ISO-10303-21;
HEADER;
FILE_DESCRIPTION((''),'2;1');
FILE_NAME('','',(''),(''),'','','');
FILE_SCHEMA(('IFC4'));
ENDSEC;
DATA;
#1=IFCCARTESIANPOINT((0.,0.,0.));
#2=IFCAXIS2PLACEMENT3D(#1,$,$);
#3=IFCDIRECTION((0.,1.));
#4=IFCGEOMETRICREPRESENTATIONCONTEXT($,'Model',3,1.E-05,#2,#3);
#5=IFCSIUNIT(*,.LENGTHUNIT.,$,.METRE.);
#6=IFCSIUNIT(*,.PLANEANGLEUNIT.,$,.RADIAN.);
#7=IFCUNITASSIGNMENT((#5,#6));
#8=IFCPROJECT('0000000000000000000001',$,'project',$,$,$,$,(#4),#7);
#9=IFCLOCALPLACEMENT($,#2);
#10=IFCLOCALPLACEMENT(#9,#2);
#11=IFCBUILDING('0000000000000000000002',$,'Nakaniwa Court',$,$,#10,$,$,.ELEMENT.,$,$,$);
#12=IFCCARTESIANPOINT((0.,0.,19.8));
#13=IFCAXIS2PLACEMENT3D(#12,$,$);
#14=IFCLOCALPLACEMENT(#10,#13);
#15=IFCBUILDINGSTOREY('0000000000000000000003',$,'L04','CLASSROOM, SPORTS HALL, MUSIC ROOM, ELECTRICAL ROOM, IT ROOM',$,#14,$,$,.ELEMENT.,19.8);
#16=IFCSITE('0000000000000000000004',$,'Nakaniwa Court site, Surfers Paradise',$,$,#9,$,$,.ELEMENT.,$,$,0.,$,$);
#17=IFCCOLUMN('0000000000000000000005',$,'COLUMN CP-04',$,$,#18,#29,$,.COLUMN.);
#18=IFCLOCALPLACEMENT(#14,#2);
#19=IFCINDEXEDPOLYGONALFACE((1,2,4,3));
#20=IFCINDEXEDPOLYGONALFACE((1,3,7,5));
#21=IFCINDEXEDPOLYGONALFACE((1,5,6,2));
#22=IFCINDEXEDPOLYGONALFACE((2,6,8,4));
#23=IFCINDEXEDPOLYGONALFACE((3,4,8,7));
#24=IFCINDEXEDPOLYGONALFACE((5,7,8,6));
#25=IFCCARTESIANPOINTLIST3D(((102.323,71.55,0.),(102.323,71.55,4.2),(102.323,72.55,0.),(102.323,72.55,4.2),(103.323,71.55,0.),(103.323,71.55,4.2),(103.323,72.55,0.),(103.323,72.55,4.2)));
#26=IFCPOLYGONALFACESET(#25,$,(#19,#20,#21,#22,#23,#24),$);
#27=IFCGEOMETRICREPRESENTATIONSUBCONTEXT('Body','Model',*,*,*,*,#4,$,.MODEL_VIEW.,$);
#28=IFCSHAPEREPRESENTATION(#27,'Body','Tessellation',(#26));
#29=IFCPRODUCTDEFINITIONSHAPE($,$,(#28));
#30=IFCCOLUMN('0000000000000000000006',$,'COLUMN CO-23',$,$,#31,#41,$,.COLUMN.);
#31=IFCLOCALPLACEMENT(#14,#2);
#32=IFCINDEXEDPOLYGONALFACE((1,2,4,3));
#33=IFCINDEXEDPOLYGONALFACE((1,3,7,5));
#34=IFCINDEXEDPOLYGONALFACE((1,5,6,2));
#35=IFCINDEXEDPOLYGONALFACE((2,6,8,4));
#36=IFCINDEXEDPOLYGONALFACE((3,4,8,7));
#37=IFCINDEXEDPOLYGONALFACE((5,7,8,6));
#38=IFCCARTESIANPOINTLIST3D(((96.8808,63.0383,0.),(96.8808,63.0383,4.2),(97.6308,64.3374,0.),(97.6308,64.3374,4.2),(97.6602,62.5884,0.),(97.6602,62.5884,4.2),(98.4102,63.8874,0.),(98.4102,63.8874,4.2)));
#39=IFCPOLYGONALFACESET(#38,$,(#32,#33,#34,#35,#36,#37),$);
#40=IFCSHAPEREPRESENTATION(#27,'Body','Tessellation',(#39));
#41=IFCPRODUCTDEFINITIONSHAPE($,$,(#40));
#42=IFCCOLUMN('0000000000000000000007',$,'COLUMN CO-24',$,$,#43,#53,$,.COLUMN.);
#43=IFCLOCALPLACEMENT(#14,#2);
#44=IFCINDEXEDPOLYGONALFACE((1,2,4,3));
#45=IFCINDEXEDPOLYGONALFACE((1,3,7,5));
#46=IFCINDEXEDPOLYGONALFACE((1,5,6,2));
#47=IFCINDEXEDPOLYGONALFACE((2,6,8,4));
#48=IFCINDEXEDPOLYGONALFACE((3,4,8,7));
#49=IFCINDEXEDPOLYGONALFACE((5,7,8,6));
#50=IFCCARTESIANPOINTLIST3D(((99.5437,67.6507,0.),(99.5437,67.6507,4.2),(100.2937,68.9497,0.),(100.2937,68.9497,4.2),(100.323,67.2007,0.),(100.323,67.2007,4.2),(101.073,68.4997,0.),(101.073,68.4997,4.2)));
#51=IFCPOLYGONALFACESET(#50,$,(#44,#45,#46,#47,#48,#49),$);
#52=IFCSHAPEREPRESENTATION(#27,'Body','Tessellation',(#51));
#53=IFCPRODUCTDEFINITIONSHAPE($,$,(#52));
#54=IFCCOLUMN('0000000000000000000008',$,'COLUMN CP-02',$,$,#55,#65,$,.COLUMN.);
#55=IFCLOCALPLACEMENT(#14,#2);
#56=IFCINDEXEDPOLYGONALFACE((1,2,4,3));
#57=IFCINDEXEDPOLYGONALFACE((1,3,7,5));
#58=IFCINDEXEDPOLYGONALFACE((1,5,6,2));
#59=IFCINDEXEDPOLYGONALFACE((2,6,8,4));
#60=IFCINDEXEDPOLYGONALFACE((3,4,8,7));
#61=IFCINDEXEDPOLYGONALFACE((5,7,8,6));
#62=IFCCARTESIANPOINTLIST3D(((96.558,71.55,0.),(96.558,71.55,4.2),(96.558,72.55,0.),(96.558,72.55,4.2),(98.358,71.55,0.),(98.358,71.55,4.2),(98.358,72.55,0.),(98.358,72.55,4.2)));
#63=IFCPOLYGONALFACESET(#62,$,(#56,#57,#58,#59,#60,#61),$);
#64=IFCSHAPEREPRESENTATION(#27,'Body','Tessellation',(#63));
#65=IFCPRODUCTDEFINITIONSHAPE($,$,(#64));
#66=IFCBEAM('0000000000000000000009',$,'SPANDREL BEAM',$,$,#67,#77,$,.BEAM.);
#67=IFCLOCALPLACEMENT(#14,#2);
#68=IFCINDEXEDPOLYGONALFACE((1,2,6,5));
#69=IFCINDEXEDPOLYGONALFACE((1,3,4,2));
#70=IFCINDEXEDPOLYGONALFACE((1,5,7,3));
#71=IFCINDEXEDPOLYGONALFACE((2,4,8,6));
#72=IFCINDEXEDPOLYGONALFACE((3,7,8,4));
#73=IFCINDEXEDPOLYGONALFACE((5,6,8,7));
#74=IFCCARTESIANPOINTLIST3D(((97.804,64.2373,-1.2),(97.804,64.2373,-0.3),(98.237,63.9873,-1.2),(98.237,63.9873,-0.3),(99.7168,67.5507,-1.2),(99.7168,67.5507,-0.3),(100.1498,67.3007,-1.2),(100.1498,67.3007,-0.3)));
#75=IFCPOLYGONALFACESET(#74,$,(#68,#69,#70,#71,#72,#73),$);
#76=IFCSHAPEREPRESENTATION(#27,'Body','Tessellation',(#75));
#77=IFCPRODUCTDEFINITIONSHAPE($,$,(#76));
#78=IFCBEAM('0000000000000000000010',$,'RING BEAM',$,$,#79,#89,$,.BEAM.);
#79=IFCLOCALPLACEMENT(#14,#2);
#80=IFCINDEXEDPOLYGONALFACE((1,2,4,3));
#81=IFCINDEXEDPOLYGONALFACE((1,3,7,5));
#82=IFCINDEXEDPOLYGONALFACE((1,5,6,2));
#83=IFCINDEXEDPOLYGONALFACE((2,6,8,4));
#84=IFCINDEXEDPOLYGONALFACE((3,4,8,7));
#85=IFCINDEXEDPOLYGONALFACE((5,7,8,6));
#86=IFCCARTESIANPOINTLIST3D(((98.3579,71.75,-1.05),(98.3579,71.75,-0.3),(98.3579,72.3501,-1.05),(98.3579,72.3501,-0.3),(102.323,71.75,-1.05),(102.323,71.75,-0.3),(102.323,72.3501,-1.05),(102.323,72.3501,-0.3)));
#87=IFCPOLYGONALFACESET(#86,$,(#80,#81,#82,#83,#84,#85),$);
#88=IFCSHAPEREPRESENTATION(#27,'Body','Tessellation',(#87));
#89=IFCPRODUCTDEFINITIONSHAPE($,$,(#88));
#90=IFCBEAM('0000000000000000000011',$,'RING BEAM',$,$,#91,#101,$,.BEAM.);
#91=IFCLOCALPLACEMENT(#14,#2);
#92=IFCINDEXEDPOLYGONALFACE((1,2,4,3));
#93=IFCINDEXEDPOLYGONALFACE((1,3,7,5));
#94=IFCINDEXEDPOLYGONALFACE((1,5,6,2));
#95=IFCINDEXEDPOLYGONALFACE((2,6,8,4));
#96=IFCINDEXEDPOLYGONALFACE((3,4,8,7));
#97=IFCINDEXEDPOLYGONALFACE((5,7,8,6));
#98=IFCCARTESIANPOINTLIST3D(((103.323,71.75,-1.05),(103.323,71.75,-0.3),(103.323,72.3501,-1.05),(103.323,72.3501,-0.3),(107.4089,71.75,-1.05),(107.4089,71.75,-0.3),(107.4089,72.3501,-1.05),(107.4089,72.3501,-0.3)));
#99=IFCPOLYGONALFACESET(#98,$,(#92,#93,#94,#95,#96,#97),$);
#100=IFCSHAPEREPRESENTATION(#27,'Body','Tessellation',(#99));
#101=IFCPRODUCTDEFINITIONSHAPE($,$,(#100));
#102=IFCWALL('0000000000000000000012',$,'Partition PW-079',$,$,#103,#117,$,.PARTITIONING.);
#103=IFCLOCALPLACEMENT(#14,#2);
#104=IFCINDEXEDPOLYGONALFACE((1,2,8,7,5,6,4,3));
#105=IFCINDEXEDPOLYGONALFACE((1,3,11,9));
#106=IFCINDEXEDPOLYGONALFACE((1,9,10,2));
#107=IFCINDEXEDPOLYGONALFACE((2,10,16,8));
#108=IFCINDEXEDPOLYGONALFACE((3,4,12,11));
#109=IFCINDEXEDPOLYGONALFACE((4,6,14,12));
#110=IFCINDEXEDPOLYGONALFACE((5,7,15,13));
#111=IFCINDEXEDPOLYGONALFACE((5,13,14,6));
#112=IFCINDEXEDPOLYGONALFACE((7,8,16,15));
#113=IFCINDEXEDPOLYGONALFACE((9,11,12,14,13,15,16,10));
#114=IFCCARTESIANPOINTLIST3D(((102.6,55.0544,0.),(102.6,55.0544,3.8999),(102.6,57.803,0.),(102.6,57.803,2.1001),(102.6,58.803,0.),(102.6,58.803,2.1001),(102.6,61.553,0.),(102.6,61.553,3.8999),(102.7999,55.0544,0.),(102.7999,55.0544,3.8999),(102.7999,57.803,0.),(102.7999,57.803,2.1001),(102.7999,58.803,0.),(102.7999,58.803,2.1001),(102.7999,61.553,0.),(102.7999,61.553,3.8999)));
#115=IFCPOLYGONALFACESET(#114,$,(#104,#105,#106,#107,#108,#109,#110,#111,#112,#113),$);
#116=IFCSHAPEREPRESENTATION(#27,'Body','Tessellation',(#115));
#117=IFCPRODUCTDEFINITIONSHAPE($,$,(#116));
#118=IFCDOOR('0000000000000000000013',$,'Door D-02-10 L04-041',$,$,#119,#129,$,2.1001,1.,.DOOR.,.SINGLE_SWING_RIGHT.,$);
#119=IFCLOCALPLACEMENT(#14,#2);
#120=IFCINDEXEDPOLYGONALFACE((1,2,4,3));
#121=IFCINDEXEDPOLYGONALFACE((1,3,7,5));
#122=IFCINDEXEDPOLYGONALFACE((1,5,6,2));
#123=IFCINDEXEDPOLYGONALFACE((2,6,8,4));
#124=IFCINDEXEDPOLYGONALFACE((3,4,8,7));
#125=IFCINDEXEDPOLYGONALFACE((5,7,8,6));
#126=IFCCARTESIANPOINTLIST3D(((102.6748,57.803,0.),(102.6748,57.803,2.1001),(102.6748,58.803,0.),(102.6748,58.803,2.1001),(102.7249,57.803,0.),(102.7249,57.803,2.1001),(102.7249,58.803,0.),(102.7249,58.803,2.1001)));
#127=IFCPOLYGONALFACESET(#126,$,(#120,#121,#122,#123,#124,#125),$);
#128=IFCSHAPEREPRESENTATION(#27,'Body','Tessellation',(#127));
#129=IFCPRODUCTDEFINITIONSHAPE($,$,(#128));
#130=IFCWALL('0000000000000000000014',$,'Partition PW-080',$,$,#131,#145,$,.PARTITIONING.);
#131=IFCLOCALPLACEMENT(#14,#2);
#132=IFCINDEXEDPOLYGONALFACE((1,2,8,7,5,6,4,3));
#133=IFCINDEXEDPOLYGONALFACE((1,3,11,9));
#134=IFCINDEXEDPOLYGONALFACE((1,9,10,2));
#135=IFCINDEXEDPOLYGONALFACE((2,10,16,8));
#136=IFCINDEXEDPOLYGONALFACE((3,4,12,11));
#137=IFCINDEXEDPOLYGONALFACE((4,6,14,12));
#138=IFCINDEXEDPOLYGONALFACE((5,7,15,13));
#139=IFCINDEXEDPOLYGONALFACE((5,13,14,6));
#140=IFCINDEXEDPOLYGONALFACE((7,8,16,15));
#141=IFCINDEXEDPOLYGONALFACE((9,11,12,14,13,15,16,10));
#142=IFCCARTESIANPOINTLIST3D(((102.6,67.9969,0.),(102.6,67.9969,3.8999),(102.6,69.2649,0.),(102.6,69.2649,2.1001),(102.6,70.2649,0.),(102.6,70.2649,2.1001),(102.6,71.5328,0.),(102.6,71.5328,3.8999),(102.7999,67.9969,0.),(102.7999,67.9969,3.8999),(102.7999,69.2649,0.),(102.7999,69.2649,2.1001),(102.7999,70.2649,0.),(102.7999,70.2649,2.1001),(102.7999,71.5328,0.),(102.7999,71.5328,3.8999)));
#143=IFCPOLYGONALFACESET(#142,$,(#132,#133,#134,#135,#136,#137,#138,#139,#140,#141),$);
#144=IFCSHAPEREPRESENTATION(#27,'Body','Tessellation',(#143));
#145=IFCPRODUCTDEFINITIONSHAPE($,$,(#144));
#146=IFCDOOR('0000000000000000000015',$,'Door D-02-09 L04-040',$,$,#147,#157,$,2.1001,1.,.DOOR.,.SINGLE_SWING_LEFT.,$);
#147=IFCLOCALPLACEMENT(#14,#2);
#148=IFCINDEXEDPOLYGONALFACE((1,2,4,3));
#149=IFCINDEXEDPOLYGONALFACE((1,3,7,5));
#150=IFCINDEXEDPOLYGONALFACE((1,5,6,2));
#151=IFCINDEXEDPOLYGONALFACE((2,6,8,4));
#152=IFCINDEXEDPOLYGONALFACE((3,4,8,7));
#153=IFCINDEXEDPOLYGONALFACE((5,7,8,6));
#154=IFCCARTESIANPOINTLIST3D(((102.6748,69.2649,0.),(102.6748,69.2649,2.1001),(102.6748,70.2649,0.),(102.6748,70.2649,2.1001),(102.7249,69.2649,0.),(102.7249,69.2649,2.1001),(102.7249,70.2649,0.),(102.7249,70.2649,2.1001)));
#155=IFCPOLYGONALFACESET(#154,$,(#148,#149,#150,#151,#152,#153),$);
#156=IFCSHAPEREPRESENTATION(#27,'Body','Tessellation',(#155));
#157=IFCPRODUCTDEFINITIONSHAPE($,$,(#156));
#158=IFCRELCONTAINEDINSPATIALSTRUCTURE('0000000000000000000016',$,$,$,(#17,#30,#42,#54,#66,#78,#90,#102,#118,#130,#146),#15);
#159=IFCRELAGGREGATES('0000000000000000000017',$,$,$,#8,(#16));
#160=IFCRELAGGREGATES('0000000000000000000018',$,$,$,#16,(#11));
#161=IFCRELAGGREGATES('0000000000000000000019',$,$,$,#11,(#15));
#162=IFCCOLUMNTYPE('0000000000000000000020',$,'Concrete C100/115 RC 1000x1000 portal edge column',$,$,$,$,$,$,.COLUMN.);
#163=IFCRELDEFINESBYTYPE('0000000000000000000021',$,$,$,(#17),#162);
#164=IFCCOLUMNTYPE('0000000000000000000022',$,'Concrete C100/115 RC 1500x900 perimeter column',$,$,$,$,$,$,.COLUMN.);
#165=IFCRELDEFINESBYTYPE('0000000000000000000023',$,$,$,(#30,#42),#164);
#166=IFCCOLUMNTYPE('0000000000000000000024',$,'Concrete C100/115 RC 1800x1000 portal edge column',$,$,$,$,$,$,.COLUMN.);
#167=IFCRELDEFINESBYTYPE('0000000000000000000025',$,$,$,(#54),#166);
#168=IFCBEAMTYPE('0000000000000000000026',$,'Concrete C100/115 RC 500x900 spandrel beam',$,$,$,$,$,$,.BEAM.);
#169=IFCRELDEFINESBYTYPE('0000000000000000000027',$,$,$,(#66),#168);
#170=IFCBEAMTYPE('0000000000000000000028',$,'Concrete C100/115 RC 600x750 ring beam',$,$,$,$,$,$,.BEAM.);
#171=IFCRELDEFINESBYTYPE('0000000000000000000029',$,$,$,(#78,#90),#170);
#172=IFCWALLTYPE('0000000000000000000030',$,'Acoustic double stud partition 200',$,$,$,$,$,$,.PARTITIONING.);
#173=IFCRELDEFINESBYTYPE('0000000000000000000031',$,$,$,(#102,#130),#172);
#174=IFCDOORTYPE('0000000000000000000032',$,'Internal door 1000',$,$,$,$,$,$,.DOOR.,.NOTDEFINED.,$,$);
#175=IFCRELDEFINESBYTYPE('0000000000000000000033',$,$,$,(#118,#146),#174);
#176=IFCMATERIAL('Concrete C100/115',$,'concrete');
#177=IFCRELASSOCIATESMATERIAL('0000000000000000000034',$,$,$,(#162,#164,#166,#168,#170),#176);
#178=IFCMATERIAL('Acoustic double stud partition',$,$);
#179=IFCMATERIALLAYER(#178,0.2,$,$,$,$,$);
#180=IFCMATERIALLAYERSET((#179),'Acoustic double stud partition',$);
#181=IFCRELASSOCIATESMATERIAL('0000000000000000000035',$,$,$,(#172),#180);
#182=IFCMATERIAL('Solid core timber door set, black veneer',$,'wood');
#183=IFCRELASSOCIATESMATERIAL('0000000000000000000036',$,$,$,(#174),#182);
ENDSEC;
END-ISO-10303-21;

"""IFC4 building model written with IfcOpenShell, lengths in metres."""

from ifc_helpers import new_model, si_unit, direction, frame, frame_2d, origin, origin_2d, place, context, subcontext, project, spatial, rectangle, extrude, material, layer, layer_set, material_profile, profile_set, type_object, element, fill, save


model = new_model("IFC4")

# Units and contexts
model_context = context("Model", 3, precision=1e-05, world=origin(), true_north=direction((0.0, 1.0)))
body_context = subcontext(model_context, "Body", "Model", "MODEL_VIEW")
ifc_project = project(units=[si_unit("LENGTHUNIT", "METRE"), si_unit("PLANEANGLEUNIT", "RADIAN")], contexts=[model_context])

# Site, building, storey
site_placement = place(None, origin())
site = spatial("IfcSite", under=ifc_project, at=site_placement, Name="Nakaniwa Court site, Surfers Paradise", CompositionType="ELEMENT", RefElevation=0.0)
building_placement = place(site_placement, origin())
building = spatial("IfcBuilding", under=site, at=building_placement, Name="Nakaniwa Court", CompositionType="ELEMENT")
storey_placement = place(building_placement, frame((0.0, 0.0, 19.8)))
storey = spatial("IfcBuildingStorey", under=building, at=storey_placement, Name="L04", Description="CLASSROOM, SPORTS HALL, MUSIC ROOM, ELECTRICAL ROOM, IT ROOM", CompositionType="ELEMENT", Elevation=19.8)

# Columns
ifc_material_1 = material(Name="Concrete C100/115", Category="concrete")
ifc_material_profile_1 = material_profile(ifc_material_1, rectangle(XDim=1.0, YDim=1.0, at=origin_2d()), Name="Concrete C100/115 RC 1000x1000 portal edge column")
ifc_profile_set_1 = profile_set([ifc_material_profile_1], Name="Concrete C100/115")
column_type_1 = type_object("IfcColumnType", Name="Concrete C100/115 RC 1000x1000 portal edge column", PredefinedType="COLUMN", material=ifc_profile_set_1)
column_1_placement = place(storey_placement, frame((102.823, 72.05, 0.0), z_axis=(0.0, 0.0, 1.0), x_axis=(1.0, 0.0, 0.0)))
element("IfcColumn", 1, at=column_1_placement, inside=storey, type_object=column_type_1, Name="COLUMN CP-04", PredefinedType="COLUMN", context=body_context, shape_type="SweptSolid", body=[
    extrude(rectangle(XDim=1.0, YDim=1.0, at=origin_2d()), origin(), (0.0, 0.0, 1.0), 4.2),
])
ifc_material_profile_2 = material_profile(ifc_material_1, rectangle(XDim=1.5, YDim=0.8999, at=origin_2d()), Name="Concrete C100/115 RC 1500x900 perimeter column")
ifc_profile_set_2 = profile_set([ifc_material_profile_2], Name="Concrete C100/115")
column_type_2 = type_object("IfcColumnType", Name="Concrete C100/115 RC 1500x900 perimeter column", PredefinedType="COLUMN", material=ifc_profile_set_2)
for number, where, z_axis, x_axis, name in (
    (2, (97.6455, 63.4629, 0.0), (0.0, 0.0, 1.0), (0.5, 0.866025, 0.0), "COLUMN CO-23"),
    (3, (100.3083, 68.0752, 0.0), (0.0, 0.0, 1.0), (0.5, 0.866025, 0.0), "COLUMN CO-24"),
):
    element("IfcColumn", number, at=place(storey_placement, frame(where, z_axis=z_axis, x_axis=x_axis)), inside=storey, type_object=column_type_2, Name=name, PredefinedType="COLUMN", context=body_context, shape_type="SweptSolid", body=[
        extrude(rectangle(XDim=1.5, YDim=0.8999, at=origin_2d()), origin(), (0.0, 0.0, 1.0), 4.2),
    ])
ifc_material_profile_3 = material_profile(ifc_material_1, rectangle(XDim=1.8, YDim=1.0, at=origin_2d()), Name="Concrete C100/115 RC 1800x1000 portal edge column")
ifc_profile_set_3 = profile_set([ifc_material_profile_3], Name="Concrete C100/115")
column_type_3 = type_object("IfcColumnType", Name="Concrete C100/115 RC 1800x1000 portal edge column", PredefinedType="COLUMN", material=ifc_profile_set_3)
column_2_placement = place(storey_placement, frame((97.458, 72.05, 0.0), z_axis=(0.0, 0.0, 1.0), x_axis=(1.0, 0.0, 0.0)))
element("IfcColumn", 4, at=column_2_placement, inside=storey, type_object=column_type_3, Name="COLUMN CP-02", PredefinedType="COLUMN", context=body_context, shape_type="SweptSolid", body=[
    extrude(rectangle(XDim=1.8, YDim=1.0, at=origin_2d()), origin(), (0.0, 0.0, 1.0), 4.2),
])

# Beams
ifc_material_profile_4 = material_profile(ifc_material_1, rectangle(XDim=0.5, YDim=0.8999, at=origin_2d()), Name="Concrete C100/115 RC 500x900 spandrel beam")
ifc_profile_set_4 = profile_set([ifc_material_profile_4], Name="Concrete C100/115")
beam_type_1 = type_object("IfcBeamType", Name="Concrete C100/115 RC 500x900 spandrel beam", PredefinedType="BEAM", material=ifc_profile_set_4)
beam_1_placement = place(storey_placement, frame((98.0205, 64.1123, -0.75), z_axis=(0.499962, 0.866047, 0.0), x_axis=(-0.866047, 0.499962, 0.0)))
element("IfcBeam", 5, at=beam_1_placement, inside=storey, type_object=beam_type_1, Name="SPANDREL BEAM", PredefinedType="BEAM", context=body_context, shape_type="SweptSolid", body=[
    extrude(rectangle(XDim=0.5, YDim=0.8999, at=origin_2d()), origin(), (0.0, 0.0, 1.0), 3.8259),
])
ifc_material_profile_5 = material_profile(ifc_material_1, rectangle(XDim=0.6001, YDim=0.75, at=origin_2d()), Name="Concrete C100/115 RC 600x750 ring beam")
ifc_profile_set_5 = profile_set([ifc_material_profile_5], Name="Concrete C100/115")
beam_type_2 = type_object("IfcBeamType", Name="Concrete C100/115 RC 600x750 ring beam", PredefinedType="BEAM", material=ifc_profile_set_5)
beam_2_placement = place(storey_placement, frame((98.3579, 72.05, -0.675), z_axis=(1.0, 0.0, 0.0), x_axis=(0.0, 1.0, 0.0)))
element("IfcBeam", 6, at=beam_2_placement, inside=storey, type_object=beam_type_2, Name="RING BEAM", PredefinedType="BEAM", context=body_context, shape_type="SweptSolid", body=[
    extrude(rectangle(XDim=0.6001, YDim=0.75, at=origin_2d()), origin(), (0.0, 0.0, 1.0), 3.9651),
])
beam_3_placement = place(storey_placement, frame((103.323, 72.05, -0.675), z_axis=(1.0, 0.0, 0.0), x_axis=(0.0, 1.0, 0.0)))
element("IfcBeam", 7, at=beam_3_placement, inside=storey, type_object=beam_type_2, Name="RING BEAM", PredefinedType="BEAM", context=body_context, shape_type="SweptSolid", body=[
    extrude(rectangle(XDim=0.6001, YDim=0.75, at=origin_2d()), origin(), (0.0, 0.0, 1.0), 4.0859),
])

# Walls, openings, doors
ifc_material_2 = material(Name="Acoustic double stud partition")
ifc_layer_1 = layer(ifc_material_2, 0.2)
ifc_layer_set_1 = layer_set([ifc_layer_1], Name="Acoustic double stud partition")
wall_type_1 = type_object("IfcWallType", Name="Acoustic double stud partition 200", PredefinedType="PARTITIONING", material=ifc_layer_set_1)
wall_1_placement = place(storey_placement, frame((102.7, 61.553, 0.0), z_axis=(0.0, 0.0, 1.0), x_axis=(0.0, -1.0, 0.0)))
wall_1 = element("IfcWall", 8, at=wall_1_placement, inside=storey, type_object=wall_type_1, Name="Partition PW-079", PredefinedType="PARTITIONING", context=body_context, shape_type="SweptSolid", body=[
    extrude(rectangle(XDim=6.4985, YDim=0.2, at=frame_2d((3.2493, 0.0))), origin(), (0.0, 0.0, 1.0), 3.8999),
])
opening_1_placement = place(wall_1_placement, frame((2.75, 0.0, 0.0)))
opening_1 = element("IfcOpeningElement", 9, at=opening_1_placement, cuts=wall_1, PredefinedType="OPENING", context=body_context, shape_type="SweptSolid", body=[
    extrude(rectangle(XDim=1.0, YDim=2.1001, at=frame_2d((0.5, 1.05))), frame((0.0, 0.1099, 0.0), z_axis=(0.0, -1.0, 0.0), x_axis=(1.0, 0.0, 0.0)), (0.0, 0.0, 1.0), 0.22),
])
ifc_material_3 = material(Name="Solid core timber door set, black veneer", Category="wood")
door_type_1 = type_object("IfcDoorType", Name="Internal door 1000", OperationType="NOTDEFINED", PredefinedType="DOOR", material=ifc_material_3)
door_1_placement = place(opening_1_placement, origin())
door_1 = element("IfcDoor", 10, at=door_1_placement, inside=storey, type_object=door_type_1, Name="Door D-02-10 L04-041", OperationType="SINGLE_SWING_RIGHT", OverallHeight=2.1001, OverallWidth=1.0, PredefinedType="DOOR", context=body_context, shape_type="SweptSolid", body=[
    extrude(rectangle(XDim=1.0, YDim=2.1001, at=frame_2d((0.5, 1.05))), frame((0.0, 0.0249, 0.0), z_axis=(0.0, -1.0, 0.0), x_axis=(1.0, 0.0, 0.0)), (0.0, 0.0, 1.0), 0.05),
])
fill(opening_1, door_1)
wall_2_placement = place(storey_placement, frame((102.7, 71.533, 0.0), z_axis=(0.0, 0.0, 1.0), x_axis=(0.0, -1.0, 0.0)))
wall_2 = element("IfcWall", 11, at=wall_2_placement, inside=storey, type_object=wall_type_1, Name="Partition PW-080", PredefinedType="PARTITIONING", context=body_context, shape_type="SweptSolid", body=[
    extrude(rectangle(XDim=3.5359, YDim=0.2, at=frame_2d((1.7681, 0.0))), origin(), (0.0, 0.0, 1.0), 3.8999),
])
opening_2_placement = place(wall_2_placement, frame((1.2681, 0.0, 0.0)))
opening_2 = element("IfcOpeningElement", 12, at=opening_2_placement, cuts=wall_2, PredefinedType="OPENING", context=body_context, shape_type="SweptSolid", body=[
    extrude(rectangle(XDim=1.0, YDim=2.1001, at=frame_2d((0.5, 1.05))), frame((0.0, 0.1099, 0.0), z_axis=(0.0, -1.0, 0.0), x_axis=(1.0, 0.0, 0.0)), (0.0, 0.0, 1.0), 0.22),
])
door_2_placement = place(opening_2_placement, origin())
door_2 = element("IfcDoor", 13, at=door_2_placement, inside=storey, type_object=door_type_1, Name="Door D-02-09 L04-040", OperationType="SINGLE_SWING_LEFT", OverallHeight=2.1001, OverallWidth=1.0, PredefinedType="DOOR", context=body_context, shape_type="SweptSolid", body=[
    extrude(rectangle(XDim=1.0, YDim=2.1001, at=frame_2d((0.5, 1.05))), frame((0.0, 0.0249, 0.0), z_axis=(0.0, -1.0, 0.0), x_axis=(1.0, 0.0, 0.0)), (0.0, 0.0, 1.0), 0.05),
])
fill(opening_2, door_2)

save(model, "model.ifc")
